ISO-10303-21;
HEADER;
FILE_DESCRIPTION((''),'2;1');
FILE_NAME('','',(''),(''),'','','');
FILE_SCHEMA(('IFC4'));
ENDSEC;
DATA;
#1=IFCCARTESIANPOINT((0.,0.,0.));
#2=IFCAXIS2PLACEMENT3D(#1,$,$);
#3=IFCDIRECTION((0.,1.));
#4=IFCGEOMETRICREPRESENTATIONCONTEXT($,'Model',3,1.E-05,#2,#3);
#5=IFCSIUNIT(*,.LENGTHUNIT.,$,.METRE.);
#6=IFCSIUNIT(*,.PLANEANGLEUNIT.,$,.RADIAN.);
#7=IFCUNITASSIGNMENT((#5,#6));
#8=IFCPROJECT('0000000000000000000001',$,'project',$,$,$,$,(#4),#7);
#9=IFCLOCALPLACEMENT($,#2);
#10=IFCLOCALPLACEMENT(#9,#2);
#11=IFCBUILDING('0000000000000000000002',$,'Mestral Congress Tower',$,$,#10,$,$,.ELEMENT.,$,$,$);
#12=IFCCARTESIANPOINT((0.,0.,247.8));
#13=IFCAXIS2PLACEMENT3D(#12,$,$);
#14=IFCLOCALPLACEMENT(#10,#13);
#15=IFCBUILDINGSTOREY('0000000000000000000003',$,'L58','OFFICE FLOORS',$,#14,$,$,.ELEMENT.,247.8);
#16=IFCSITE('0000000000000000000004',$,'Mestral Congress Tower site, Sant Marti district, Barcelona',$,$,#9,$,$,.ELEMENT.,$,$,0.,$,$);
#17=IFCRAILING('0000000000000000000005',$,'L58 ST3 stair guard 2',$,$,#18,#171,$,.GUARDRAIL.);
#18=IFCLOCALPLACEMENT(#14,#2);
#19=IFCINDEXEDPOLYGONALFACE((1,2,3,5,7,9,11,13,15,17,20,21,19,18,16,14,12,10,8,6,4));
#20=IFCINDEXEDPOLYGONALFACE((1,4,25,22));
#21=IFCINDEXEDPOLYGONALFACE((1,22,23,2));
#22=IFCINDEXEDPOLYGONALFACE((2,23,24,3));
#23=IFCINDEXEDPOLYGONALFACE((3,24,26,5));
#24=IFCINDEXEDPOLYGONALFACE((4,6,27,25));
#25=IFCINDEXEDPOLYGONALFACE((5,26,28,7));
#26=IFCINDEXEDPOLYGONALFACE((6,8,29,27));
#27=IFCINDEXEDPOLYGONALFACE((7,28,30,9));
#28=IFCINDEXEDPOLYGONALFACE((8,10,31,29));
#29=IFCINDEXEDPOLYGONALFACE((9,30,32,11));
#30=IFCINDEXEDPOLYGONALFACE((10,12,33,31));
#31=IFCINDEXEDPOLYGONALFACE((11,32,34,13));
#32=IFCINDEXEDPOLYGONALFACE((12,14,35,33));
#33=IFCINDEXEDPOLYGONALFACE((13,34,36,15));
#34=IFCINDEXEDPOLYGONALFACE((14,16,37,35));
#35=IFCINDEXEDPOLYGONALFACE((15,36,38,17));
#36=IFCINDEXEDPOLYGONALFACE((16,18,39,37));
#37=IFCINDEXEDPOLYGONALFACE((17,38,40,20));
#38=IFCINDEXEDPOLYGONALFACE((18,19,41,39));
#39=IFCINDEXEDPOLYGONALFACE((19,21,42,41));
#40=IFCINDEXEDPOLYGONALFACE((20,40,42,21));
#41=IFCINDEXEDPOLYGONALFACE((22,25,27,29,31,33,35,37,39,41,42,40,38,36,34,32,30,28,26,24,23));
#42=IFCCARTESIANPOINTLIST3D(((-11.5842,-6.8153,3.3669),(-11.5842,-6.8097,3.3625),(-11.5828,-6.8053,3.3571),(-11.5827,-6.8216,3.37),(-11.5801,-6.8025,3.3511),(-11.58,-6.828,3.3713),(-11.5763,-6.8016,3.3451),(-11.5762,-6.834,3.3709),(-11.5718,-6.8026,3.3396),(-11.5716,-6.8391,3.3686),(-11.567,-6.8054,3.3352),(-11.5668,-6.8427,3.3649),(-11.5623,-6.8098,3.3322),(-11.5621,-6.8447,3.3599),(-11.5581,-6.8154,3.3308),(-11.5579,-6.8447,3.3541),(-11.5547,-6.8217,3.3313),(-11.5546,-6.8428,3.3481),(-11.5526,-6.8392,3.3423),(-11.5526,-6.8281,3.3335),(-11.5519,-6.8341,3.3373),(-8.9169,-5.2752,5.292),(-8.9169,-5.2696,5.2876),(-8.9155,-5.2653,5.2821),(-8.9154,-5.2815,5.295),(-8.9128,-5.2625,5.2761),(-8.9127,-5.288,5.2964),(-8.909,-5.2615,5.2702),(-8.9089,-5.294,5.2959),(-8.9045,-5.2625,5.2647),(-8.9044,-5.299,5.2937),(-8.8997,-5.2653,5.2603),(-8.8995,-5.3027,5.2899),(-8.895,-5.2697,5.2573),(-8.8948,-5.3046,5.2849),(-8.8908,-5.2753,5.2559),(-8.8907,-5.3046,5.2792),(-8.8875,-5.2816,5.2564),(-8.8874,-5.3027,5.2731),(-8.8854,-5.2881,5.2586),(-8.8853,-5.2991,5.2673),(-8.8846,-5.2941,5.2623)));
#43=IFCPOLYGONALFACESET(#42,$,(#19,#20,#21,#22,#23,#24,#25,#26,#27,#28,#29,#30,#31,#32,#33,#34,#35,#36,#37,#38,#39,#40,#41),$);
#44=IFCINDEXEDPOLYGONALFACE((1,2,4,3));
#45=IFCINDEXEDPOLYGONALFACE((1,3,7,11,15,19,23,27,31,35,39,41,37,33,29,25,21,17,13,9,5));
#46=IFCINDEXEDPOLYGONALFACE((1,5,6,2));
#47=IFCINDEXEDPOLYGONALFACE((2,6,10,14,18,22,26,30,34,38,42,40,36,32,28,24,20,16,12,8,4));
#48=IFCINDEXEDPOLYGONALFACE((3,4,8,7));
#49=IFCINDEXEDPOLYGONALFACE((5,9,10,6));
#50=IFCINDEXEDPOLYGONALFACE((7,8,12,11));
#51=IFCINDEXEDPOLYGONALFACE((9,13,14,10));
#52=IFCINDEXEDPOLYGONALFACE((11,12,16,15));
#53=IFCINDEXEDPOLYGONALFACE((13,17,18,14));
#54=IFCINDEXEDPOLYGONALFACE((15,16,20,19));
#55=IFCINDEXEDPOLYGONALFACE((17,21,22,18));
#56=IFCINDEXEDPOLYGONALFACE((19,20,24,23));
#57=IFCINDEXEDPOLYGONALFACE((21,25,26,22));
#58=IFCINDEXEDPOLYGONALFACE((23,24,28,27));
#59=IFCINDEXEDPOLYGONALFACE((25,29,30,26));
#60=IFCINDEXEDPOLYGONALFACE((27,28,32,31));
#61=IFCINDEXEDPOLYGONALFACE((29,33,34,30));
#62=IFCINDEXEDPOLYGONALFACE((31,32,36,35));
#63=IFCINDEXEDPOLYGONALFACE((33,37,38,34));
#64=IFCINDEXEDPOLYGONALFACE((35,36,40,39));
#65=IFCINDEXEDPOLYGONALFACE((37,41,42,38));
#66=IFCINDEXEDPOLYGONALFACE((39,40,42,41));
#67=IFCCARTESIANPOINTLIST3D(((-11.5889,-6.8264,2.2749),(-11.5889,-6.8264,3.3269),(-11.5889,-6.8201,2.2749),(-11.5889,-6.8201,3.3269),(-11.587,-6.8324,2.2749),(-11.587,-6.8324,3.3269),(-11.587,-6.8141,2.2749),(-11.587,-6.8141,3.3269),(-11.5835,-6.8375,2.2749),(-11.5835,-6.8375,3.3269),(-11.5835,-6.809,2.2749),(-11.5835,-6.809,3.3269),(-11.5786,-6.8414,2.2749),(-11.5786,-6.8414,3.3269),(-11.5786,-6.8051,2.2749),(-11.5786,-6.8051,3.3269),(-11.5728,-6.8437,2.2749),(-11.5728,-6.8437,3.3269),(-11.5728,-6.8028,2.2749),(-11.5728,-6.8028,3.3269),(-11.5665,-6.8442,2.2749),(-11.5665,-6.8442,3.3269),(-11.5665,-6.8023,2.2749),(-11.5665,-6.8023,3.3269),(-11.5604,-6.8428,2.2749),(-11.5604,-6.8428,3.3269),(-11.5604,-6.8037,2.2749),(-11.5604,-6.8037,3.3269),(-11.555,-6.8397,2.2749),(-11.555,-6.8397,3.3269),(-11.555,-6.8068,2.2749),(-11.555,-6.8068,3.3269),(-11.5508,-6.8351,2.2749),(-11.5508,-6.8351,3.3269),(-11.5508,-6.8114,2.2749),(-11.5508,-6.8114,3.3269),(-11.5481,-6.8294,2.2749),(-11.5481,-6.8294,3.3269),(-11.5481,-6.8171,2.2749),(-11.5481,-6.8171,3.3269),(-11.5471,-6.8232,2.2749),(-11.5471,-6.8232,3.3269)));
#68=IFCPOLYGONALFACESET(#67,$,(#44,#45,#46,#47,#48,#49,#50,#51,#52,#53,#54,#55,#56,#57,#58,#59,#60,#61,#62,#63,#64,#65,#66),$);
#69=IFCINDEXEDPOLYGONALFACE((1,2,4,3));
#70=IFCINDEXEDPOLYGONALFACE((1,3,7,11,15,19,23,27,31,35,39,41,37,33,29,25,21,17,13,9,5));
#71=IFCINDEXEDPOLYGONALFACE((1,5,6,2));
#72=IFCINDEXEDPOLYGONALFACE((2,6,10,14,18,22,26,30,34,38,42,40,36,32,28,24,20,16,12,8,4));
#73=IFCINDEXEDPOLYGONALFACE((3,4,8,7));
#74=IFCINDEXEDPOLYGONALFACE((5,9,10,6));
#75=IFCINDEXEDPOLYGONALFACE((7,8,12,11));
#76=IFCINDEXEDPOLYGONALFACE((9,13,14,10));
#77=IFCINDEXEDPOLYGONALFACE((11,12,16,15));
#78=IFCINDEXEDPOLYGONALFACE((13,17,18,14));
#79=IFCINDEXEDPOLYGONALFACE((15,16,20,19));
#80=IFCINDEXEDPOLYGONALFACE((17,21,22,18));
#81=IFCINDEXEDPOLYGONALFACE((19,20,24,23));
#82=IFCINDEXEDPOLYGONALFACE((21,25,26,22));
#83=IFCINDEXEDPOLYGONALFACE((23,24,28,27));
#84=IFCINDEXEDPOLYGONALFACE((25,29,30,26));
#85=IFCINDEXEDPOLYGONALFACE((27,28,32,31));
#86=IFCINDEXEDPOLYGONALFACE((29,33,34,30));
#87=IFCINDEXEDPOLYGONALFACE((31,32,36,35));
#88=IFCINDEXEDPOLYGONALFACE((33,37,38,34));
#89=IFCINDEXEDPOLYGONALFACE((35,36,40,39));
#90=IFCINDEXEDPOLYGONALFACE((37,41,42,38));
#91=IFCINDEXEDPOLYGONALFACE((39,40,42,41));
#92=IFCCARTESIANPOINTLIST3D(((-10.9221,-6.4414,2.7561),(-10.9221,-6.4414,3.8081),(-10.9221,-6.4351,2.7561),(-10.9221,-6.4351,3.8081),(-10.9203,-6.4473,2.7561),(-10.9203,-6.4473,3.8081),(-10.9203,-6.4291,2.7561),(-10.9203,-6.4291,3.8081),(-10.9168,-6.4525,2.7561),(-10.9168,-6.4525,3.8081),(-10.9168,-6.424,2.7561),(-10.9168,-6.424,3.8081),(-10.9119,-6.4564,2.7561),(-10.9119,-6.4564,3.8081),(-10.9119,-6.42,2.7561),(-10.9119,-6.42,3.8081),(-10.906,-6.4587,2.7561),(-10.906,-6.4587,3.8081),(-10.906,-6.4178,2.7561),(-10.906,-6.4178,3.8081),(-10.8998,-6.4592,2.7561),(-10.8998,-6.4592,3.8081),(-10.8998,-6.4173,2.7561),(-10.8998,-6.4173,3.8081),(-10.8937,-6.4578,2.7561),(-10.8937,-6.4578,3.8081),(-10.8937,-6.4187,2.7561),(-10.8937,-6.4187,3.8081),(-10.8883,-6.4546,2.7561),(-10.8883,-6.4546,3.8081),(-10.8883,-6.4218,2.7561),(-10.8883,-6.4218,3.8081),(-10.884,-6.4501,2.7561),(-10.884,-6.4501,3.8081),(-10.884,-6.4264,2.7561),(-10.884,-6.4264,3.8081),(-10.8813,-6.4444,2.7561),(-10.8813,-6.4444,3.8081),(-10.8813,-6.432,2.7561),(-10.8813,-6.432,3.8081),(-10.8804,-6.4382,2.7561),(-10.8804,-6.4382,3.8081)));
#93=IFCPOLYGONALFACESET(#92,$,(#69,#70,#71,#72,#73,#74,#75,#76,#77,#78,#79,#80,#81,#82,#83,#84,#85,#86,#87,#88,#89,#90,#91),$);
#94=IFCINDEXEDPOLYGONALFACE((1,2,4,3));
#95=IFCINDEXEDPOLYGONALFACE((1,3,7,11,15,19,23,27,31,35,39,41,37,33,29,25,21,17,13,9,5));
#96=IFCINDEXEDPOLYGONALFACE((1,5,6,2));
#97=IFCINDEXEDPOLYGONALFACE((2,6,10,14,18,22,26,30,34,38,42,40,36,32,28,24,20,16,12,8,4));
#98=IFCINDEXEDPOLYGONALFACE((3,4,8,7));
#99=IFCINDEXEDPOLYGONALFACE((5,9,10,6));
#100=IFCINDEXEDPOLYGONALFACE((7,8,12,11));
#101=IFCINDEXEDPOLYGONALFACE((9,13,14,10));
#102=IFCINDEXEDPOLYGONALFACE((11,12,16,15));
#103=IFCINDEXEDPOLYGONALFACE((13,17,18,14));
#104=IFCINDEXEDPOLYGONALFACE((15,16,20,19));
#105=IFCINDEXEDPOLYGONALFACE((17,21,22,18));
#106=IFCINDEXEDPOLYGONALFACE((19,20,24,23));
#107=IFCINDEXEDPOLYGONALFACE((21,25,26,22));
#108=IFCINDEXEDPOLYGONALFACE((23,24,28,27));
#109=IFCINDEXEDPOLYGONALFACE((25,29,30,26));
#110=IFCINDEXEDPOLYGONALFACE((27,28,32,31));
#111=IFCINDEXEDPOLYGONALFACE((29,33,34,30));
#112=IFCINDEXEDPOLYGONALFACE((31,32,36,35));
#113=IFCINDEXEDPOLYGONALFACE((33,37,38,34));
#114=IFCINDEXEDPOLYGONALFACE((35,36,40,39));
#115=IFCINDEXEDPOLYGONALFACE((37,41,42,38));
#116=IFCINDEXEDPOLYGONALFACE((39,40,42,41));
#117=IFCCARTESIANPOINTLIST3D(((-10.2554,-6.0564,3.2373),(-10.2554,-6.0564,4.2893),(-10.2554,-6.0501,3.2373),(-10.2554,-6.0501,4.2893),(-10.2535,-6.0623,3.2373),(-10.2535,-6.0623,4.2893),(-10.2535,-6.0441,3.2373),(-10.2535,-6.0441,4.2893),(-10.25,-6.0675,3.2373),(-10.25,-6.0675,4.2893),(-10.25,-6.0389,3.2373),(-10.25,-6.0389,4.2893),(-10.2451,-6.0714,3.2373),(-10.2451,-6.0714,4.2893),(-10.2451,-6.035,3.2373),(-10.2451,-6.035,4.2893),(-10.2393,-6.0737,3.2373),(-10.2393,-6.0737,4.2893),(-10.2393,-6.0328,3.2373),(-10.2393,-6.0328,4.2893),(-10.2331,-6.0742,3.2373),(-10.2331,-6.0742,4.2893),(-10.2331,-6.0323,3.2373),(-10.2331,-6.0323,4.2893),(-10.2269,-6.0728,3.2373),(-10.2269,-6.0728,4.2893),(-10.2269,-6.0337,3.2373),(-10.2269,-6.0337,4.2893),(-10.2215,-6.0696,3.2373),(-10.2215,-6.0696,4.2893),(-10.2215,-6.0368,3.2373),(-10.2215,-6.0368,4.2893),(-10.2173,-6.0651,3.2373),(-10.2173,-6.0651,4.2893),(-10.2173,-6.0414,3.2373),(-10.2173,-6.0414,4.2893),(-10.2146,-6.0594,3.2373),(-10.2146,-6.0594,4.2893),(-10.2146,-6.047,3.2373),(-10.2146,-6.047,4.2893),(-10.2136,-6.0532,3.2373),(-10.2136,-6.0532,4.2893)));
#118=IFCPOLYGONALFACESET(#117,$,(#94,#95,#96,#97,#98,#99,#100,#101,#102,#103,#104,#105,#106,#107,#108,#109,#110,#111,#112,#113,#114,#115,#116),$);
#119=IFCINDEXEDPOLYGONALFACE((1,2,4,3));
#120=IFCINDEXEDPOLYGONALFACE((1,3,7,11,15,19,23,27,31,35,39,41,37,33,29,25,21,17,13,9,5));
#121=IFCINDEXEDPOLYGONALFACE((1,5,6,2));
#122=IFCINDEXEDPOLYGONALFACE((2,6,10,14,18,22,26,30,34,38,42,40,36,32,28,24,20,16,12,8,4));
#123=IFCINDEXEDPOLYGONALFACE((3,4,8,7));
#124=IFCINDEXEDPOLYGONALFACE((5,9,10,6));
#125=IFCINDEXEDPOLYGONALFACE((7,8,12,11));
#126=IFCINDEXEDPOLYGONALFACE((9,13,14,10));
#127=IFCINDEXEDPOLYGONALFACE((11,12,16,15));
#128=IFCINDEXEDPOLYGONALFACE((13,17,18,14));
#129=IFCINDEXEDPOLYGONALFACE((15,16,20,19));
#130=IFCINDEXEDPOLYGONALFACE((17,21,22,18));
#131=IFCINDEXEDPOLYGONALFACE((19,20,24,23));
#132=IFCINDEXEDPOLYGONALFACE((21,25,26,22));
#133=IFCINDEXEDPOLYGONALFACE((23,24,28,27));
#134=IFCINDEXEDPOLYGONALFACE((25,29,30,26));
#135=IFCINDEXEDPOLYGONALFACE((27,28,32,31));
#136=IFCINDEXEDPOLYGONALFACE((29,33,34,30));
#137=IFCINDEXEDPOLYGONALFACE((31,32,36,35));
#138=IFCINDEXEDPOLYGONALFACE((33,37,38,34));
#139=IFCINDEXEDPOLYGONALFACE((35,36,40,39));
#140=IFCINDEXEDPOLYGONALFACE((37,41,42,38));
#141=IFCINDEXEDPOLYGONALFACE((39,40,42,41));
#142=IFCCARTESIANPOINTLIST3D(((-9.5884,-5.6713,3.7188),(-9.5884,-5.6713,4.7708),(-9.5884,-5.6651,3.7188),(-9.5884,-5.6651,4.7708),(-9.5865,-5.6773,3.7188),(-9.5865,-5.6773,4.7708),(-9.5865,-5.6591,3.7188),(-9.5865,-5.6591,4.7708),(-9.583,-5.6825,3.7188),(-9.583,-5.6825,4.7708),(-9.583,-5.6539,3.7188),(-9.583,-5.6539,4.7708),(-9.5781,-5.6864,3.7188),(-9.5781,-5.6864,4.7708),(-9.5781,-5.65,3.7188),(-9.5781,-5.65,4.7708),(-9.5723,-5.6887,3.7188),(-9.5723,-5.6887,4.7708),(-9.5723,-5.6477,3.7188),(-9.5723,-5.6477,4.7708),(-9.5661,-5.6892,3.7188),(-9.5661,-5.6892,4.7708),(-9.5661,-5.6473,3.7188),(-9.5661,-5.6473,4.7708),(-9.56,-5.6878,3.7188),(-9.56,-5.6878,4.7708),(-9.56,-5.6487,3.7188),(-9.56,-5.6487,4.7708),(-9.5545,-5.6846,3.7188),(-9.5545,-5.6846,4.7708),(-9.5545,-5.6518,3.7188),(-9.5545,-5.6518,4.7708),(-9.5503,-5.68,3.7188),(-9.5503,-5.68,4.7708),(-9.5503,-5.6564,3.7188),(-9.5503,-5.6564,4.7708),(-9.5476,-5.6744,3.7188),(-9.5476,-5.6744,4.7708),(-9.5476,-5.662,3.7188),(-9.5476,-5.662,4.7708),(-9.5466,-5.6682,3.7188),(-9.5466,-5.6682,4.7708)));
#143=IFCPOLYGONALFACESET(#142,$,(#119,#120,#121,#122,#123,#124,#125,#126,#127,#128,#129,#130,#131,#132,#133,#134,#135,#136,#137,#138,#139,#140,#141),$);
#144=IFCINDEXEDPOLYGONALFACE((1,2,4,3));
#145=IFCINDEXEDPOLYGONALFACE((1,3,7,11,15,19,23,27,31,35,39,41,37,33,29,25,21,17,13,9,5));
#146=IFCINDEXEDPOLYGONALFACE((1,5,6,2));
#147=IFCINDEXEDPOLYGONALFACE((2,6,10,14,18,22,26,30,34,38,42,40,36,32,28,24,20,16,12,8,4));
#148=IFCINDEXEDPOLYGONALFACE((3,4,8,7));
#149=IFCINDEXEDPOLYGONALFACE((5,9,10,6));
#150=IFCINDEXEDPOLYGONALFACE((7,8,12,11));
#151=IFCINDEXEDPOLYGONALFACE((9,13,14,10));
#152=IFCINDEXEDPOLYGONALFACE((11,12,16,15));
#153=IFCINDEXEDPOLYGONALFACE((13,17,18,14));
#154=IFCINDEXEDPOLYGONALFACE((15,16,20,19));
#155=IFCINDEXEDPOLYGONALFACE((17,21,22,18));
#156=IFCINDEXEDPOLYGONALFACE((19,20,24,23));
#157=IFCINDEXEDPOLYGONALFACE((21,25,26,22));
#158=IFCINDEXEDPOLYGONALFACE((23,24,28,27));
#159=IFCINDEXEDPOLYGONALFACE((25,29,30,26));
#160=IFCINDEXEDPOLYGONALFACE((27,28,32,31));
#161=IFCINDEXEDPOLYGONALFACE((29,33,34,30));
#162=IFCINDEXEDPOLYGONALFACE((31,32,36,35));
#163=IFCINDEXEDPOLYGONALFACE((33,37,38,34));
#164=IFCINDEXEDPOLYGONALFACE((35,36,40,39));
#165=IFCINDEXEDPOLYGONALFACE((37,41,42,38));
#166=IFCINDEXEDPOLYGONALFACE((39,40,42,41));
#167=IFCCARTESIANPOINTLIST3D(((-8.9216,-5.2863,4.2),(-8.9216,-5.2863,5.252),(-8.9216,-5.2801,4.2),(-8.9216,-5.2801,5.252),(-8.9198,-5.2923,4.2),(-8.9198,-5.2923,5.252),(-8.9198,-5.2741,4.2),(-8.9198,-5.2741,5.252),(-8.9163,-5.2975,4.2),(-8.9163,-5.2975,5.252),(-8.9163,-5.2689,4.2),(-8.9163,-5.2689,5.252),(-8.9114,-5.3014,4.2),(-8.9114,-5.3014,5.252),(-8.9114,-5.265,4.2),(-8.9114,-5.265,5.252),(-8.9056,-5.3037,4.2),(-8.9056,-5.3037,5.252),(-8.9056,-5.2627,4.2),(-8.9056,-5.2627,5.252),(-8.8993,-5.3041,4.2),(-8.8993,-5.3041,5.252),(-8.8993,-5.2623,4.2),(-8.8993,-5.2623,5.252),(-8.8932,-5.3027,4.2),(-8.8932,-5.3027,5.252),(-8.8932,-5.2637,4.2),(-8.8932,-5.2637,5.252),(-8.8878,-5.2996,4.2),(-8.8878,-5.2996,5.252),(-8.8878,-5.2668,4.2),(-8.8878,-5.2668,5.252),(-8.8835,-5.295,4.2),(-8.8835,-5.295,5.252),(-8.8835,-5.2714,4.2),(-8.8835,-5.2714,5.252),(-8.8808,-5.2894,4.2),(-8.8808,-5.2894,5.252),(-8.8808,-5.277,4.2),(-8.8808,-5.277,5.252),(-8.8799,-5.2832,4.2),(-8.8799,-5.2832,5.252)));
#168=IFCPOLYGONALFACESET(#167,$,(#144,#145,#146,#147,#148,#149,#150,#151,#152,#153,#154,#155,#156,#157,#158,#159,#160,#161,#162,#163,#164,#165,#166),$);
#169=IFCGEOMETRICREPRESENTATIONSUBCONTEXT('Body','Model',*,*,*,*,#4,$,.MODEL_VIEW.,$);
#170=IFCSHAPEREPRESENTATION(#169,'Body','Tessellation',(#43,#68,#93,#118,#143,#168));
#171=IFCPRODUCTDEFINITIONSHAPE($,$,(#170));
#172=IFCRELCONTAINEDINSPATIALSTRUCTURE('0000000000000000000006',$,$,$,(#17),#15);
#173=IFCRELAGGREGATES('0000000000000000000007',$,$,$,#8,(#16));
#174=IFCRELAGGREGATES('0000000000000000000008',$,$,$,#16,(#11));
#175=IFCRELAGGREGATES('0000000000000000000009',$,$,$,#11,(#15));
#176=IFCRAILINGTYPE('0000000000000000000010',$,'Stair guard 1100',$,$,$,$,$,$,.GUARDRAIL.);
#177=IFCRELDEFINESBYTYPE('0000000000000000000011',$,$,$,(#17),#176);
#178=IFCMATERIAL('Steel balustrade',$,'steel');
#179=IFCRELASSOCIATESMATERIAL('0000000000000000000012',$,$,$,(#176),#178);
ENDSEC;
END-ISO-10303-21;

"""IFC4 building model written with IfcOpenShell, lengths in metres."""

from ifc_helpers import new_model, si_unit, direction, frame, origin, origin_2d, place, context, subcontext, project, spatial, circle, extrude, material, type_object, element, save


model = new_model("IFC4")

# Units and contexts
model_context = context("Model", 3, precision=1e-05, world=origin(), true_north=direction((0.0, 1.0)))
body_context = subcontext(model_context, "Body", "Model", "MODEL_VIEW")
ifc_project = project(units=[si_unit("LENGTHUNIT", "METRE"), si_unit("PLANEANGLEUNIT", "RADIAN")], contexts=[model_context])

# Site, building, storey
site_placement = place(None, origin())
site = spatial("IfcSite", under=ifc_project, at=site_placement, Name="Mestral Congress Tower site, Sant Marti district, Barcelona", CompositionType="ELEMENT", RefElevation=0.0)
building_placement = place(site_placement, origin())
building = spatial("IfcBuilding", under=site, at=building_placement, Name="Mestral Congress Tower", CompositionType="ELEMENT")
storey_placement = place(building_placement, frame((0.0, 0.0, 247.8)))
storey = spatial("IfcBuildingStorey", under=building, at=storey_placement, Name="L58", Description="OFFICE FLOORS", CompositionType="ELEMENT", Elevation=247.8)

# Railing
ifc_material_1 = material(Name="Steel balustrade", Category="steel")
railing_type_1 = type_object("IfcRailingType", Name="Stair guard 1100", PredefinedType="GUARDRAIL", material=ifc_material_1)
railing_1_placement = place(storey_placement, frame((-11.5681, -6.8232, 2.2749)))
element("IfcRailing", 1, at=railing_1_placement, inside=storey, type_object=railing_type_1, Name="L58 ST3 stair guard 2", PredefinedType="GUARDRAIL", context=body_context, shape_type="SweptSolid", body=[
    extrude(circle(Radius=0.0239, at=origin_2d()), frame((0.0, 0.0, 1.0762), z_axis=(0.734364, 0.424015, 0.530019), x_axis=(-0.500027, 0.86601, 0.0)), (0.0, 0.0, 1.0), 3.6321),
    extrude(circle(Radius=0.021, at=origin_2d()), origin(), (0.0, 0.0, 1.0), 1.052),
    extrude(circle(Radius=0.021, at=origin_2d()), frame((0.6667, 0.385, 0.4812)), (0.0, 0.0, 1.0), 1.052),
    extrude(circle(Radius=0.021, at=origin_2d()), frame((1.3335, 0.77, 0.9624)), (0.0, 0.0, 1.0), 1.052),
    extrude(circle(Radius=0.021, at=origin_2d()), frame((2.0005, 1.155, 1.4438)), (0.0, 0.0, 1.0), 1.052),
    extrude(circle(Radius=0.021, at=origin_2d()), frame((2.6672, 1.54, 1.925)), (0.0, 0.0, 1.0), 1.052),
])

save(model, "model.ifc")
